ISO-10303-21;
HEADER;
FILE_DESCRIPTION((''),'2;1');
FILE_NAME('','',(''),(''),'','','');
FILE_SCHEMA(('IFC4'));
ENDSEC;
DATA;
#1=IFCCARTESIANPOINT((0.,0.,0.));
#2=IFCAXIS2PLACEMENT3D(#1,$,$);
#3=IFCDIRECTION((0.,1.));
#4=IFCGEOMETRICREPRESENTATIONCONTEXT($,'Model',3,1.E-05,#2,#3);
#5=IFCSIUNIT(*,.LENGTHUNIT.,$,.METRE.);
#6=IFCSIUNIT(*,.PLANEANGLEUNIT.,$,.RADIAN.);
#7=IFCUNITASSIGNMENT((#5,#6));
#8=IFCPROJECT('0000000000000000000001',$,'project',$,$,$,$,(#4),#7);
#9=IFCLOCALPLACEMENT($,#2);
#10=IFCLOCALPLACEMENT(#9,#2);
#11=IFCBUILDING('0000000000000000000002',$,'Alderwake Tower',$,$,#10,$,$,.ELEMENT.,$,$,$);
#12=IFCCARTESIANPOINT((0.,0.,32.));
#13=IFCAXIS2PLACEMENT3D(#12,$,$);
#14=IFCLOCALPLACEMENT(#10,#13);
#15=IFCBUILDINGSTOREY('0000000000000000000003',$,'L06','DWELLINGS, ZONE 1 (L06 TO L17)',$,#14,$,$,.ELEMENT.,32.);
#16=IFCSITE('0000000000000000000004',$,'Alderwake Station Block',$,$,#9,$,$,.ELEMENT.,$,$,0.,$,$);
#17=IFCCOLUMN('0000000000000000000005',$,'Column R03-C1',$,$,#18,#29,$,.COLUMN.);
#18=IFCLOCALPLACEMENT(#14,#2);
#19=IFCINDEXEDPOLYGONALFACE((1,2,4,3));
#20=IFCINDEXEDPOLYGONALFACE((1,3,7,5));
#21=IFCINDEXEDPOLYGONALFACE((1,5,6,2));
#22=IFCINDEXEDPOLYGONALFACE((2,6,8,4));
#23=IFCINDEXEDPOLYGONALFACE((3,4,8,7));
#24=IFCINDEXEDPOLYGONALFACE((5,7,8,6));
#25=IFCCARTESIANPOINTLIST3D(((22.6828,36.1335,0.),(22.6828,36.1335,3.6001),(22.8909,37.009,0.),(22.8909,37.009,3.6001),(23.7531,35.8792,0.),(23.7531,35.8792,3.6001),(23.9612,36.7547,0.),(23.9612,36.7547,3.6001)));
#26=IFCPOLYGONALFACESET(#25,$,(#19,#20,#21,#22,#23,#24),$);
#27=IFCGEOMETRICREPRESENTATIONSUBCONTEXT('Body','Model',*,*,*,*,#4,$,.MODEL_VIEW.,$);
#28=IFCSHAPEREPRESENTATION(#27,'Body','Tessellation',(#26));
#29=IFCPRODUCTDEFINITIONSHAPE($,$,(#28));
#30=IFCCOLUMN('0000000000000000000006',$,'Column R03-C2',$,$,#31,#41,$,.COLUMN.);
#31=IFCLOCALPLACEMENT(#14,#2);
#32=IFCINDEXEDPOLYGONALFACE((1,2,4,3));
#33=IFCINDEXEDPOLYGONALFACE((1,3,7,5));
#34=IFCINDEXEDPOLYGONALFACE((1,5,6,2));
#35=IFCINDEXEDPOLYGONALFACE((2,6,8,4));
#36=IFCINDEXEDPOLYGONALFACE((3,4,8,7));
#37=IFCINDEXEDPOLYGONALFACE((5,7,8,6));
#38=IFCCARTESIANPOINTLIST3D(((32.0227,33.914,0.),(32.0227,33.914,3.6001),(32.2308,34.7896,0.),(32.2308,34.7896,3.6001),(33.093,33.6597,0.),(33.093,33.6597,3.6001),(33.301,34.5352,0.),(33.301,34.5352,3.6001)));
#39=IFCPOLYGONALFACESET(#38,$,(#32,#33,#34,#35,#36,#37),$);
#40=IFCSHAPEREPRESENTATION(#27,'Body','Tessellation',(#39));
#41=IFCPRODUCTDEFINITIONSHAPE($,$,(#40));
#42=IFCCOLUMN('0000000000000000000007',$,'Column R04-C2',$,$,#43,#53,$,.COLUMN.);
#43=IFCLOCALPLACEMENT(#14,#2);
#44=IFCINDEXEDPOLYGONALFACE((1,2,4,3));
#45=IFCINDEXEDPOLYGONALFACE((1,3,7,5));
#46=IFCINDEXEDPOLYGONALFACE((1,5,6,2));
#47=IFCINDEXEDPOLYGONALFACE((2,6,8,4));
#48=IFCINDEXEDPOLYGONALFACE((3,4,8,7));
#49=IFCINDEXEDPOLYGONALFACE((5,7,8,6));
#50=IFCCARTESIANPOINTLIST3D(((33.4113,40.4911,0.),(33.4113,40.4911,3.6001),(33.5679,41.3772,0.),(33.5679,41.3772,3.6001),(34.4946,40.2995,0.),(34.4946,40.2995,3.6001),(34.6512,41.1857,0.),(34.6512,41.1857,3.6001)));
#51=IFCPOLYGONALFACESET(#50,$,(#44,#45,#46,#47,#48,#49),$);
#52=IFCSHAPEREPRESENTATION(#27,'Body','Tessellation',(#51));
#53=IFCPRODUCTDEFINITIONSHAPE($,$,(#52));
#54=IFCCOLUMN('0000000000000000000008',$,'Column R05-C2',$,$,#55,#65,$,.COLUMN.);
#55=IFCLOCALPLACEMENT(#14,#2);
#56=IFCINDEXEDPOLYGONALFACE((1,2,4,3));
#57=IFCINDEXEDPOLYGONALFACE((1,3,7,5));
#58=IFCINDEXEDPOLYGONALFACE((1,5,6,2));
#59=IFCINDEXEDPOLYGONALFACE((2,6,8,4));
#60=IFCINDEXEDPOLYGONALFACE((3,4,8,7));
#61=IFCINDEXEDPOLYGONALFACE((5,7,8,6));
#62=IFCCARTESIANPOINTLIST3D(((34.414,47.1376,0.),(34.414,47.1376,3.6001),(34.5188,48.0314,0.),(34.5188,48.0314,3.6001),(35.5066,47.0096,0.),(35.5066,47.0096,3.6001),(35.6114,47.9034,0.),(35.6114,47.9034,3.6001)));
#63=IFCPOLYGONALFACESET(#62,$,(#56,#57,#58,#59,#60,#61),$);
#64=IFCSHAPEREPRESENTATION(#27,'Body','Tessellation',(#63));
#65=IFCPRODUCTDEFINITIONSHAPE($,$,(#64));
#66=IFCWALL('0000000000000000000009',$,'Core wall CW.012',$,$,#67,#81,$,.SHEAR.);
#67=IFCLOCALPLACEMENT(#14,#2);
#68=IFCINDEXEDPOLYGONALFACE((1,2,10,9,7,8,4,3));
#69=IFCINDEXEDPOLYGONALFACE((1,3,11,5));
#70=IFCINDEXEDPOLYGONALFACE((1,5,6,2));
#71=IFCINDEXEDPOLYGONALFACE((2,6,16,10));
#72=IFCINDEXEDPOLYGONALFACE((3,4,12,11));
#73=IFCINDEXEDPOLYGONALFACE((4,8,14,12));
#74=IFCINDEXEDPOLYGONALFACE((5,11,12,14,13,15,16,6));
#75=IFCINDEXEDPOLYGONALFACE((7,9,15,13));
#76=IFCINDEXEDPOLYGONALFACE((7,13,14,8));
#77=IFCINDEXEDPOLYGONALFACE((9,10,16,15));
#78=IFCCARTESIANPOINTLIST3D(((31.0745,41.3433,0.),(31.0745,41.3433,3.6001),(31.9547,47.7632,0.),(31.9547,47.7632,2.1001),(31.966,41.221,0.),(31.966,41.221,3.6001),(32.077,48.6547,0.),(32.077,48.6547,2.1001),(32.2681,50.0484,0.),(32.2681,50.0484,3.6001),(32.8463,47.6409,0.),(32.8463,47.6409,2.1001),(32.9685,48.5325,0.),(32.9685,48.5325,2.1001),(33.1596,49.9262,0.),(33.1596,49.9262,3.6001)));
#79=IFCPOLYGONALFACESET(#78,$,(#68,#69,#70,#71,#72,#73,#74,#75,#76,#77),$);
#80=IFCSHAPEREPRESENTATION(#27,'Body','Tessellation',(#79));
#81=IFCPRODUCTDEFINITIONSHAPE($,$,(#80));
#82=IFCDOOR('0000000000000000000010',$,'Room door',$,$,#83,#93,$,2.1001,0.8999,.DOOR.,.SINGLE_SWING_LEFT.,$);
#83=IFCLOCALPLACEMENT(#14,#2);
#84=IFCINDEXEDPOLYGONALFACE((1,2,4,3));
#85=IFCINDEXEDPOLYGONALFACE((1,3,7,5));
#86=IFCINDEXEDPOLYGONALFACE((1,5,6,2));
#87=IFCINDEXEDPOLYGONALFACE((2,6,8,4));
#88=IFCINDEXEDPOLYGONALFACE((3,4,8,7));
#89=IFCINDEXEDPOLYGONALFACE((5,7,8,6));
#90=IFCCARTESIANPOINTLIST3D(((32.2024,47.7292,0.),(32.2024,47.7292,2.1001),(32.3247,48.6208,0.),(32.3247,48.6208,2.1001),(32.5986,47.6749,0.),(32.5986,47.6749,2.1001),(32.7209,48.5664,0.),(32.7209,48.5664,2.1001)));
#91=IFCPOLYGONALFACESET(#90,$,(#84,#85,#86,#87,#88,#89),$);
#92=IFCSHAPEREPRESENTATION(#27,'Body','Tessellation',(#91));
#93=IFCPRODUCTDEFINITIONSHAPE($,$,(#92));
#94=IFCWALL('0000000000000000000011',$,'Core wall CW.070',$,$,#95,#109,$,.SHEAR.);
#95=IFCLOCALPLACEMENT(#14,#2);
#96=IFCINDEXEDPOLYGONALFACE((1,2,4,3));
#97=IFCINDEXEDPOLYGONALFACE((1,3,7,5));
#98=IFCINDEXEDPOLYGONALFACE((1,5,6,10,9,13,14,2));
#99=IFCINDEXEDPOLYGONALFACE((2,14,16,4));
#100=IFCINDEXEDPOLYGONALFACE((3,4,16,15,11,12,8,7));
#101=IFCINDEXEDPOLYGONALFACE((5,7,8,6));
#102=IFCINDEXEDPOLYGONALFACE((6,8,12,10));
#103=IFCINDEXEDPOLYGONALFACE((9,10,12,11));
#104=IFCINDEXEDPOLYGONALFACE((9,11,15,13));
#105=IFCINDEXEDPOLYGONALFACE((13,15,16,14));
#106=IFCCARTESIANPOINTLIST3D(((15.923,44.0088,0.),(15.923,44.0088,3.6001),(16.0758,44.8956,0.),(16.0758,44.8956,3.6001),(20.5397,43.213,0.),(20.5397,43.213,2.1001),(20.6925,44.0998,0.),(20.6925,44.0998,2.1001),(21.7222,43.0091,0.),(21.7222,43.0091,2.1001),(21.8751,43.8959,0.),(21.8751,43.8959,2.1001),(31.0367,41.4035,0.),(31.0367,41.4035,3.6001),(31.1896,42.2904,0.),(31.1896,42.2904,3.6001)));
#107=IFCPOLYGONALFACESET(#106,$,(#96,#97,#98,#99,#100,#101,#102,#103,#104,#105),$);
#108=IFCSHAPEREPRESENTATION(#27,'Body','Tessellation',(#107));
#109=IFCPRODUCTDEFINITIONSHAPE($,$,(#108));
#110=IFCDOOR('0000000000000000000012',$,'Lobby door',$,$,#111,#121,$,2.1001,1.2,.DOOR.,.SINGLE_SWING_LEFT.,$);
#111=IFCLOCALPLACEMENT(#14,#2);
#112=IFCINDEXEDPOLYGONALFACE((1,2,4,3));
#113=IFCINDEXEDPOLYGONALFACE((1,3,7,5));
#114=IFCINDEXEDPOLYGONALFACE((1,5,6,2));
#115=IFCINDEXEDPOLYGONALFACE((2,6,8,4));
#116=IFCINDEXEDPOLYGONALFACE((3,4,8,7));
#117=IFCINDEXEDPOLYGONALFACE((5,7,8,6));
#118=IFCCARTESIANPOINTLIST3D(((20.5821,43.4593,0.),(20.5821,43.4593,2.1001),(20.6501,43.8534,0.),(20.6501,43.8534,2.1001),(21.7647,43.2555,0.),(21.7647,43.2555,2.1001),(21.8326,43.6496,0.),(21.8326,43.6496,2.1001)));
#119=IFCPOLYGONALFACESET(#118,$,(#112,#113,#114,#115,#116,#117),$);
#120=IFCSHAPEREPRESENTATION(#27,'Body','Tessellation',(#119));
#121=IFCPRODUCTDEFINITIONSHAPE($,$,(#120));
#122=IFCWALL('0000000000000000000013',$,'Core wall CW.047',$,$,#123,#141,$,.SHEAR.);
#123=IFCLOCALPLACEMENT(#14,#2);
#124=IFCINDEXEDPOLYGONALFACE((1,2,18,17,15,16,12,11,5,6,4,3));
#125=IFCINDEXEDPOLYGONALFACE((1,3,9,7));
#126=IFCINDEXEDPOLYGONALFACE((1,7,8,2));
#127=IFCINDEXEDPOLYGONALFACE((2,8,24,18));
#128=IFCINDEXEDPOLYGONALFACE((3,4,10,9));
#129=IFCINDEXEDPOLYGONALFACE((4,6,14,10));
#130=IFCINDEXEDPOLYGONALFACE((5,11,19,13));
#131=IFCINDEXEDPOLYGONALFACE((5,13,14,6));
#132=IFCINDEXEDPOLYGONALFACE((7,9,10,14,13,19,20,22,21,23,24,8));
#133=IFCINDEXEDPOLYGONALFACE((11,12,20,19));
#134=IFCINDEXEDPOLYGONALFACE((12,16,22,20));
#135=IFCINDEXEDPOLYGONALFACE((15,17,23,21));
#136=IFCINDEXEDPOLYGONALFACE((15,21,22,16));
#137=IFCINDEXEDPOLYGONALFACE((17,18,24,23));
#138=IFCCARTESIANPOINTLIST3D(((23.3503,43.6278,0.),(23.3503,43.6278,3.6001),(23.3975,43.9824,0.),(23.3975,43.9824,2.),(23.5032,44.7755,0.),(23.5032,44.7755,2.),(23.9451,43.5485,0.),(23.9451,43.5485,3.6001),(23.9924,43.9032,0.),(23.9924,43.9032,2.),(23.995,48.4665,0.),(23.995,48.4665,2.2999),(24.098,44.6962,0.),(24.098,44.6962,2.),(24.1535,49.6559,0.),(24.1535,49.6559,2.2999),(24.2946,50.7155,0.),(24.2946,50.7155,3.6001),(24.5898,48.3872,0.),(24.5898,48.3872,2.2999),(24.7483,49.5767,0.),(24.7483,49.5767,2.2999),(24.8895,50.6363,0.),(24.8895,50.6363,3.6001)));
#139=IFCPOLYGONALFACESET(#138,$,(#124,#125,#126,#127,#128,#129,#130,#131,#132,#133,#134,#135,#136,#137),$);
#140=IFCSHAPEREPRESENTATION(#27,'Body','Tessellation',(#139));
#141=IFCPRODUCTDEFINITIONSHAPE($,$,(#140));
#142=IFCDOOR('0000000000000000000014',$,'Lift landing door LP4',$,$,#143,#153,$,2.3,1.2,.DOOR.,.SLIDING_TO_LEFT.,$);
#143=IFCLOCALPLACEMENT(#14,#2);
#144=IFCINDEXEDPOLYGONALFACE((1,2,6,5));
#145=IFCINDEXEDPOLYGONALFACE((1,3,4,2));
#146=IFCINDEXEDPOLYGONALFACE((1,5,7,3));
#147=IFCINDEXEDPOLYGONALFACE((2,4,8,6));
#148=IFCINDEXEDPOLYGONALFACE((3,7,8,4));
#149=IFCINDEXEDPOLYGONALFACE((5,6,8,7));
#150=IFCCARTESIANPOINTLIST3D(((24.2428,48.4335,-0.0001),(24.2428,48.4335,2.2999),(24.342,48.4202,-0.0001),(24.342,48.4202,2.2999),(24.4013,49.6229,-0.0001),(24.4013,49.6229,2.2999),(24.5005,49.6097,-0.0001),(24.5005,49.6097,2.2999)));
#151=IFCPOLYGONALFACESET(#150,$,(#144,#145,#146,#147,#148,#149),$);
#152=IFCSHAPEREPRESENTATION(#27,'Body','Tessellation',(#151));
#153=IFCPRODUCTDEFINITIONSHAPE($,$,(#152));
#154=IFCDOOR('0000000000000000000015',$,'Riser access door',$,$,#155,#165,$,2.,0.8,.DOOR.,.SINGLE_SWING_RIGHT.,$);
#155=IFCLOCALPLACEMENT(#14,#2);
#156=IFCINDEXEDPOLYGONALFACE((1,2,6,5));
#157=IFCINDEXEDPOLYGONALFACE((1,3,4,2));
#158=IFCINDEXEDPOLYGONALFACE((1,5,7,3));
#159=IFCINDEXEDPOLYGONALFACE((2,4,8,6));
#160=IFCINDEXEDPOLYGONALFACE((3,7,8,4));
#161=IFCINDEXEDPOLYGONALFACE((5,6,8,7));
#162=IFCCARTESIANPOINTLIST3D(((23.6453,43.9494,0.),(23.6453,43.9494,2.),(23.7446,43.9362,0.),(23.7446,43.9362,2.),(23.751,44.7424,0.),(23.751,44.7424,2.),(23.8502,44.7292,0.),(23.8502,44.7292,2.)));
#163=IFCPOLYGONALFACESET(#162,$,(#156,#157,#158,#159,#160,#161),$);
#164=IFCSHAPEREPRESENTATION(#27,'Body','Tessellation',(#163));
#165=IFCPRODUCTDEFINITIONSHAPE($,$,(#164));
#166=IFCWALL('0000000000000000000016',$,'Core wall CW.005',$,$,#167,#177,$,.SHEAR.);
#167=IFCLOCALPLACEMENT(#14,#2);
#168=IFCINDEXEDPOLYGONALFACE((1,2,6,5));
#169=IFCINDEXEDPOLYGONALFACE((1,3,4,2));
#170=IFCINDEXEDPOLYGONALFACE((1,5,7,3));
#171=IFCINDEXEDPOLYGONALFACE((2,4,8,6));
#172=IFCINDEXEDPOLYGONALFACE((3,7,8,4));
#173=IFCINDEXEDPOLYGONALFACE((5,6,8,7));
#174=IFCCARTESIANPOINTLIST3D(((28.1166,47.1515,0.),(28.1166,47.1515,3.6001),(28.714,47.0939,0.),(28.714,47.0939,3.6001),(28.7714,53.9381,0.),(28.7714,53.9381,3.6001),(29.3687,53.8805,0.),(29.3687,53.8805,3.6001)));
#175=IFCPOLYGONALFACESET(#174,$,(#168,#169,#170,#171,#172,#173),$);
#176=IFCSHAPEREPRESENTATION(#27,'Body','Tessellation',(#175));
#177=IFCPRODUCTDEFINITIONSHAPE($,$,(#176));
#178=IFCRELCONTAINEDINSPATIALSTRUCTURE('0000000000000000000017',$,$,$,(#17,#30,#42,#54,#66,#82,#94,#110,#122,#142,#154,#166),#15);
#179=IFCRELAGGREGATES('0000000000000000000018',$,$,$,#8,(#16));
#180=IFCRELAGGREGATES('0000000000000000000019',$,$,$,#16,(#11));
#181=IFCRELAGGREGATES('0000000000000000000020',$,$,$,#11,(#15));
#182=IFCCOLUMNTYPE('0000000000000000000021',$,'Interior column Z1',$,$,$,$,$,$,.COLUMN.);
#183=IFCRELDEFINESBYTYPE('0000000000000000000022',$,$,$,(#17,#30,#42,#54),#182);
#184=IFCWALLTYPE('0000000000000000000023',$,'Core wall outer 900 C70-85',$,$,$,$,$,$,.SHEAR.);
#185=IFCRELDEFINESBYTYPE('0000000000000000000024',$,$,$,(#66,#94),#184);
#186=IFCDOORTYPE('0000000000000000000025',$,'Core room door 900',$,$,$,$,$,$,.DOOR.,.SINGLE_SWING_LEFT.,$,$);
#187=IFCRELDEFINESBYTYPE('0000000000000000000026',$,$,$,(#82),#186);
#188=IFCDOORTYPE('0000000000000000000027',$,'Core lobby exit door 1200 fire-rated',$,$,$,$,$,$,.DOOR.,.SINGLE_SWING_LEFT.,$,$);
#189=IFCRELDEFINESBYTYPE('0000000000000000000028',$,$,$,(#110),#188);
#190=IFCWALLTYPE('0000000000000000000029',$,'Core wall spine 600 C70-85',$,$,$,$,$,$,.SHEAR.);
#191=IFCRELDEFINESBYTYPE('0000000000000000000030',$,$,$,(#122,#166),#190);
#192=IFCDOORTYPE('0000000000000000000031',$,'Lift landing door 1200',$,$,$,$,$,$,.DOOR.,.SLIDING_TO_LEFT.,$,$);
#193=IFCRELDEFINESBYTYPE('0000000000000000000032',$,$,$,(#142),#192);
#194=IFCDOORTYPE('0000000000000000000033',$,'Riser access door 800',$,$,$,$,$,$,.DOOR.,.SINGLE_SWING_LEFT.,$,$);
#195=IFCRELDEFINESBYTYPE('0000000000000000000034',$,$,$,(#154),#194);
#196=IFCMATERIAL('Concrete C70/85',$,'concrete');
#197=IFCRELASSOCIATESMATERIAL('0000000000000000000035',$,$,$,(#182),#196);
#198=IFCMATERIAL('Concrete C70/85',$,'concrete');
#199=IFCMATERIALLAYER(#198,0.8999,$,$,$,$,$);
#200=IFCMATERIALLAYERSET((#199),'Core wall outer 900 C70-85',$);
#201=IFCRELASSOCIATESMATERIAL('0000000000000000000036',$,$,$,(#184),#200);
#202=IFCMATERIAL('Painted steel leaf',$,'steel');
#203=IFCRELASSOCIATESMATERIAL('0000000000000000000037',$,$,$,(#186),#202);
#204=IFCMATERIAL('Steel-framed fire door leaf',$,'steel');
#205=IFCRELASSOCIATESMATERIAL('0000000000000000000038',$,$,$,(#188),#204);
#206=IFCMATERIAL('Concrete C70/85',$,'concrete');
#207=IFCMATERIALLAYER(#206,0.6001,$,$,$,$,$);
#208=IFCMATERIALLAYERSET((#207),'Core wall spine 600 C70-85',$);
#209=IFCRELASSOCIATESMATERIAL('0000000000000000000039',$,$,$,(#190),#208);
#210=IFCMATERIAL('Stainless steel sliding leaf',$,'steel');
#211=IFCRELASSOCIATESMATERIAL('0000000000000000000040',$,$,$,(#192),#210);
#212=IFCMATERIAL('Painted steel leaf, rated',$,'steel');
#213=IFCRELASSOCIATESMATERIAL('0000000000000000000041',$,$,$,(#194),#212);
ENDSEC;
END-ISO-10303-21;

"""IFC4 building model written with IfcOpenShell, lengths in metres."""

from ifc_helpers import new_model, si_unit, direction, frame, frame_2d, origin, origin_2d, place, context, subcontext, project, spatial, rectangle, extrude, material, layer, layer_set, material_profile, profile_set, type_object, element, fill, save


model = new_model("IFC4")

# Units and contexts
model_context = context("Model", 3, precision=1e-05, world=origin(), true_north=direction((0.0, 1.0)))
body_context = subcontext(model_context, "Body", "Model", "MODEL_VIEW")
ifc_project = project(units=[si_unit("LENGTHUNIT", "METRE"), si_unit("PLANEANGLEUNIT", "RADIAN")], contexts=[model_context])

# Site, building, storey
site_placement = place(None, origin())
site = spatial("IfcSite", under=ifc_project, at=site_placement, Name="Alderwake Station Block", CompositionType="ELEMENT", RefElevation=0.0)
building_placement = place(site_placement, origin())
building = spatial("IfcBuilding", under=site, at=building_placement, Name="Alderwake Tower", CompositionType="ELEMENT")
storey_placement = place(building_placement, frame((0.0, 0.0, 32.0)))
storey = spatial("IfcBuildingStorey", under=building, at=storey_placement, Name="L06", Description="DWELLINGS, ZONE 1 (L06 TO L17)", CompositionType="ELEMENT", Elevation=32.0)

# Columns
ifc_material_1 = material(Name="Concrete C70/85", Category="concrete")
ifc_material_profile = material_profile(ifc_material_1, rectangle(XDim=0.8999, YDim=1.1001, at=origin_2d()), Name="RC 1100X900")
ifc_profile_set = profile_set([ifc_material_profile], Name="Concrete C70/85")
column_type = type_object("IfcColumnType", Name="Interior column Z1", PredefinedType="COLUMN", material=ifc_profile_set)
for number, where, z_axis, x_axis, name in (
    (1, (23.322, 36.4441, 0.0), (0.0, 0.0, 1.0), (0.231222, 0.972901, 0.0), "Column R03-C1"),
    (2, (32.6619, 34.2246, 0.0), (0.0, 0.0, 1.0), (0.231222, 0.972901, 0.0), "Column R03-C2"),
    (3, (34.0312, 40.8384, 0.0), (0.0, 0.0, 1.0), (0.174109, 0.984726, 0.0), "Column R04-C2"),
    (4, (35.0127, 47.5205, 0.0), (0.0, 0.0, 1.0), (0.116402, 0.993202, 0.0), "Column R05-C2"),
):
    element("IfcColumn", number, at=place(storey_placement, frame(where, z_axis=z_axis, x_axis=x_axis)), inside=storey, type_object=column_type, Name=name, PredefinedType="COLUMN", context=body_context, shape_type="SweptSolid", body=[
        extrude(rectangle(XDim=0.8999, YDim=1.1001, at=origin_2d()), origin(), (0.0, 0.0, 1.0), 3.6001),
    ])

# Walls, openings, doors
ifc_material_2 = material(Name="Concrete C70/85", Category="concrete")
ifc_layer_1 = layer(ifc_material_2, 0.8999)
ifc_layer_set_1 = layer_set([ifc_layer_1], Name="Core wall outer 900 C70-85")
wall_type_1 = type_object("IfcWallType", Name="Core wall outer 900 C70-85", PredefinedType="SHEAR", material=ifc_layer_set_1)
wall_1_placement = place(storey_placement, frame((32.7139, 49.9873, 0.0), z_axis=(0.0, 0.0, 1.0), x_axis=(-0.135845, -0.99073, 0.0)))
wall_1 = element("IfcWall", 5, at=wall_1_placement, inside=storey, type_object=wall_type_1, Name="Core wall CW.012", PredefinedType="SHEAR", context=body_context, shape_type="SweptSolid", body=[
    extrude(rectangle(XDim=8.7866, YDim=0.8999, at=frame_2d((4.3933, 0.0))), origin(), (0.0, 0.0, 1.0), 3.6001),
])
opening_1_placement = place(wall_1_placement, frame((1.4067, 0.0, 0.0)))
opening_1 = element("IfcOpeningElement", 6, at=opening_1_placement, cuts=wall_1, PredefinedType="OPENING", context=body_context, shape_type="SweptSolid", body=[
    extrude(rectangle(XDim=0.8999, YDim=2.1001, at=frame_2d((0.45, 1.05))), frame((0.0, 0.46, 0.0), z_axis=(0.0, -1.0, 0.0), x_axis=(1.0, 0.0, 0.0)), (0.0, 0.0, 1.0), 0.9199),
])
ifc_material_3 = material(Name="Painted steel leaf", Category="steel")
door_type_1 = type_object("IfcDoorType", Name="Core room door 900", OperationType="SINGLE_SWING_LEFT", PredefinedType="DOOR", material=ifc_material_3)
door_1_placement = place(opening_1_placement, origin())
door_1 = element("IfcDoor", 7, at=door_1_placement, inside=storey, type_object=door_type_1, Name="Room door", OperationType="SINGLE_SWING_LEFT", OverallHeight=2.1001, OverallWidth=0.8999, PredefinedType="DOOR", context=body_context, shape_type="SweptSolid", body=[
    extrude(rectangle(XDim=0.8999, YDim=2.1001, at=frame_2d((0.45, 1.05))), frame((0.0, 0.2, 0.0), z_axis=(0.0, -1.0, 0.0), x_axis=(1.0, 0.0, 0.0)), (0.0, 0.0, 1.0), 0.3999),
])
fill(opening_1, door_1)
wall_2_placement = place(storey_placement, frame((31.1133, 41.8469, 0.0), z_axis=(0.0, 0.0, 1.0), x_axis=(-0.985467, 0.169869, 0.0)))
wall_2 = element("IfcWall", 8, at=wall_2_placement, inside=storey, type_object=wall_type_1, Name="Core wall CW.070", PredefinedType="SHEAR", context=body_context, shape_type="SweptSolid", body=[
    extrude(rectangle(XDim=15.3367, YDim=0.8999, at=frame_2d((7.6685, 0.0))), origin(), (0.0, 0.0, 1.0), 3.6001),
])
opening_2_placement = place(wall_2_placement, frame((9.4519, 0.0, 0.0)))
opening_2 = element("IfcOpeningElement", 9, at=opening_2_placement, cuts=wall_2, PredefinedType="OPENING", context=body_context, shape_type="SweptSolid", body=[
    extrude(rectangle(XDim=1.2, YDim=2.1001, at=frame_2d((0.6001, 1.05))), frame((0.0, 0.46, 0.0), z_axis=(0.0, -1.0, 0.0), x_axis=(1.0, 0.0, 0.0)), (0.0, 0.0, 1.0), 0.9199),
])
ifc_material_4 = material(Name="Steel-framed fire door leaf", Category="steel")
door_type_2 = type_object("IfcDoorType", Name="Core lobby exit door 1200 fire-rated", OperationType="SINGLE_SWING_LEFT", PredefinedType="DOOR", material=ifc_material_4)
door_2_placement = place(opening_2_placement, origin())
door_2 = element("IfcDoor", 10, at=door_2_placement, inside=storey, type_object=door_type_2, Name="Lobby door", OperationType="SINGLE_SWING_LEFT", OverallHeight=2.1001, OverallWidth=1.2, PredefinedType="DOOR", context=body_context, shape_type="SweptSolid", body=[
    extrude(rectangle(XDim=1.2, YDim=2.1001, at=frame_2d((0.6001, 1.05))), frame((0.0, 0.2, 0.0), z_axis=(0.0, -1.0, 0.0), x_axis=(1.0, 0.0, 0.0)), (0.0, 0.0, 1.0), 0.3999),
])
fill(opening_2, door_2)

# Wall, openings, doors
ifc_material_5 = material(Name="Concrete C70/85", Category="concrete")
ifc_layer_2 = layer(ifc_material_5, 0.6001)
ifc_layer_set_2 = layer_set([ifc_layer_2], Name="Core wall spine 600 C70-85")
wall_type_2 = type_object("IfcWallType", Name="Core wall spine 600 C70-85", PredefinedType="SHEAR", material=ifc_layer_set_2)
wall_3_placement = place(storey_placement, frame((23.6477, 43.5881, 0.0), z_axis=(0.0, 0.0, 1.0), x_axis=(0.13207, 0.99124, 0.0)))
wall_3 = element("IfcWall", 11, at=wall_3_placement, inside=storey, type_object=wall_type_2, Name="Core wall CW.047", PredefinedType="SHEAR", context=body_context, shape_type="SweptSolid", body=[
    extrude(rectangle(XDim=7.1504, YDim=0.6001, at=frame_2d((3.5752, 0.0))), origin(), (0.0, 0.0, 1.0), 3.6001),
])
opening_3_placement = place(wall_3_placement, frame((4.8813, 0.0, 0.0)))
opening_3 = element("IfcOpeningElement", 12, at=opening_3_placement, cuts=wall_3, PredefinedType="OPENING", context=body_context, shape_type="SweptSolid", body=[
    extrude(rectangle(XDim=1.2, YDim=2.3, at=frame_2d((0.6001, 1.1499))), frame((0.0, 0.3101, 0.0), z_axis=(0.0, -1.0, 0.0), x_axis=(1.0, 0.0, 0.0)), (0.0, 0.0, 1.0), 0.6201),
])
opening_4_placement = place(wall_3_placement, frame((0.3579, 0.0, 0.0)))
opening_4 = element("IfcOpeningElement", 13, at=opening_4_placement, cuts=wall_3, PredefinedType="OPENING", context=body_context, shape_type="SweptSolid", body=[
    extrude(rectangle(XDim=0.8, YDim=2.0, at=frame_2d((0.3999, 1.0))), frame((0.0, 0.3101, 0.0), z_axis=(0.0, -1.0, 0.0), x_axis=(1.0, 0.0, 0.0)), (0.0, 0.0, 1.0), 0.6201),
])
ifc_material_6 = material(Name="Stainless steel sliding leaf", Category="steel")
door_type_3 = type_object("IfcDoorType", Name="Lift landing door 1200", OperationType="SLIDING_TO_LEFT", PredefinedType="DOOR", material=ifc_material_6)
door_3_placement = place(opening_3_placement, origin())
door_3 = element("IfcDoor", 14, at=door_3_placement, inside=storey, type_object=door_type_3, Name="Lift landing door LP4", OperationType="SLIDING_TO_LEFT", OverallHeight=2.3, OverallWidth=1.2, PredefinedType="DOOR", context=body_context, shape_type="SweptSolid", body=[
    extrude(rectangle(XDim=1.2, YDim=2.3, at=frame_2d((0.6001, 1.1499))), frame((0.0, 0.05, 0.0), z_axis=(0.0, -1.0, 0.0), x_axis=(1.0, 0.0, 0.0)), (0.0, 0.0, 1.0), 0.1001),
])
fill(opening_3, door_3)
ifc_material_7 = material(Name="Painted steel leaf, rated", Category="steel")
door_type_4 = type_object("IfcDoorType", Name="Riser access door 800", OperationType="SINGLE_SWING_LEFT", PredefinedType="DOOR", material=ifc_material_7)
door_4_placement = place(opening_4_placement, origin())
door_4 = element("IfcDoor", 15, at=door_4_placement, inside=storey, type_object=door_type_4, Name="Riser access door", OperationType="SINGLE_SWING_RIGHT", OverallHeight=2.0, OverallWidth=0.8, PredefinedType="DOOR", context=body_context, shape_type="SweptSolid", body=[
    extrude(rectangle(XDim=0.8, YDim=2.0, at=frame_2d((0.3999, 1.0))), frame((0.0, 0.05, 0.0), z_axis=(0.0, -1.0, 0.0), x_axis=(1.0, 0.0, 0.0)), (0.0, 0.0, 1.0), 0.1001),
])
fill(opening_4, door_4)

# Wall
wall_4_placement = place(storey_placement, frame((28.4153, 47.1226, 0.0), z_axis=(0.0, 0.0, 1.0), x_axis=(0.096036, 0.995378, 0.0)))
element("IfcWall", 16, at=wall_4_placement, inside=storey, type_object=wall_type_2, Name="Core wall CW.005", PredefinedType="SHEAR", context=body_context, shape_type="SweptSolid", body=[
    extrude(rectangle(XDim=6.8181, YDim=0.6001, at=frame_2d((3.4092, 0.0))), origin(), (0.0, 0.0, 1.0), 3.6001),
])

save(model, "model.ifc")
